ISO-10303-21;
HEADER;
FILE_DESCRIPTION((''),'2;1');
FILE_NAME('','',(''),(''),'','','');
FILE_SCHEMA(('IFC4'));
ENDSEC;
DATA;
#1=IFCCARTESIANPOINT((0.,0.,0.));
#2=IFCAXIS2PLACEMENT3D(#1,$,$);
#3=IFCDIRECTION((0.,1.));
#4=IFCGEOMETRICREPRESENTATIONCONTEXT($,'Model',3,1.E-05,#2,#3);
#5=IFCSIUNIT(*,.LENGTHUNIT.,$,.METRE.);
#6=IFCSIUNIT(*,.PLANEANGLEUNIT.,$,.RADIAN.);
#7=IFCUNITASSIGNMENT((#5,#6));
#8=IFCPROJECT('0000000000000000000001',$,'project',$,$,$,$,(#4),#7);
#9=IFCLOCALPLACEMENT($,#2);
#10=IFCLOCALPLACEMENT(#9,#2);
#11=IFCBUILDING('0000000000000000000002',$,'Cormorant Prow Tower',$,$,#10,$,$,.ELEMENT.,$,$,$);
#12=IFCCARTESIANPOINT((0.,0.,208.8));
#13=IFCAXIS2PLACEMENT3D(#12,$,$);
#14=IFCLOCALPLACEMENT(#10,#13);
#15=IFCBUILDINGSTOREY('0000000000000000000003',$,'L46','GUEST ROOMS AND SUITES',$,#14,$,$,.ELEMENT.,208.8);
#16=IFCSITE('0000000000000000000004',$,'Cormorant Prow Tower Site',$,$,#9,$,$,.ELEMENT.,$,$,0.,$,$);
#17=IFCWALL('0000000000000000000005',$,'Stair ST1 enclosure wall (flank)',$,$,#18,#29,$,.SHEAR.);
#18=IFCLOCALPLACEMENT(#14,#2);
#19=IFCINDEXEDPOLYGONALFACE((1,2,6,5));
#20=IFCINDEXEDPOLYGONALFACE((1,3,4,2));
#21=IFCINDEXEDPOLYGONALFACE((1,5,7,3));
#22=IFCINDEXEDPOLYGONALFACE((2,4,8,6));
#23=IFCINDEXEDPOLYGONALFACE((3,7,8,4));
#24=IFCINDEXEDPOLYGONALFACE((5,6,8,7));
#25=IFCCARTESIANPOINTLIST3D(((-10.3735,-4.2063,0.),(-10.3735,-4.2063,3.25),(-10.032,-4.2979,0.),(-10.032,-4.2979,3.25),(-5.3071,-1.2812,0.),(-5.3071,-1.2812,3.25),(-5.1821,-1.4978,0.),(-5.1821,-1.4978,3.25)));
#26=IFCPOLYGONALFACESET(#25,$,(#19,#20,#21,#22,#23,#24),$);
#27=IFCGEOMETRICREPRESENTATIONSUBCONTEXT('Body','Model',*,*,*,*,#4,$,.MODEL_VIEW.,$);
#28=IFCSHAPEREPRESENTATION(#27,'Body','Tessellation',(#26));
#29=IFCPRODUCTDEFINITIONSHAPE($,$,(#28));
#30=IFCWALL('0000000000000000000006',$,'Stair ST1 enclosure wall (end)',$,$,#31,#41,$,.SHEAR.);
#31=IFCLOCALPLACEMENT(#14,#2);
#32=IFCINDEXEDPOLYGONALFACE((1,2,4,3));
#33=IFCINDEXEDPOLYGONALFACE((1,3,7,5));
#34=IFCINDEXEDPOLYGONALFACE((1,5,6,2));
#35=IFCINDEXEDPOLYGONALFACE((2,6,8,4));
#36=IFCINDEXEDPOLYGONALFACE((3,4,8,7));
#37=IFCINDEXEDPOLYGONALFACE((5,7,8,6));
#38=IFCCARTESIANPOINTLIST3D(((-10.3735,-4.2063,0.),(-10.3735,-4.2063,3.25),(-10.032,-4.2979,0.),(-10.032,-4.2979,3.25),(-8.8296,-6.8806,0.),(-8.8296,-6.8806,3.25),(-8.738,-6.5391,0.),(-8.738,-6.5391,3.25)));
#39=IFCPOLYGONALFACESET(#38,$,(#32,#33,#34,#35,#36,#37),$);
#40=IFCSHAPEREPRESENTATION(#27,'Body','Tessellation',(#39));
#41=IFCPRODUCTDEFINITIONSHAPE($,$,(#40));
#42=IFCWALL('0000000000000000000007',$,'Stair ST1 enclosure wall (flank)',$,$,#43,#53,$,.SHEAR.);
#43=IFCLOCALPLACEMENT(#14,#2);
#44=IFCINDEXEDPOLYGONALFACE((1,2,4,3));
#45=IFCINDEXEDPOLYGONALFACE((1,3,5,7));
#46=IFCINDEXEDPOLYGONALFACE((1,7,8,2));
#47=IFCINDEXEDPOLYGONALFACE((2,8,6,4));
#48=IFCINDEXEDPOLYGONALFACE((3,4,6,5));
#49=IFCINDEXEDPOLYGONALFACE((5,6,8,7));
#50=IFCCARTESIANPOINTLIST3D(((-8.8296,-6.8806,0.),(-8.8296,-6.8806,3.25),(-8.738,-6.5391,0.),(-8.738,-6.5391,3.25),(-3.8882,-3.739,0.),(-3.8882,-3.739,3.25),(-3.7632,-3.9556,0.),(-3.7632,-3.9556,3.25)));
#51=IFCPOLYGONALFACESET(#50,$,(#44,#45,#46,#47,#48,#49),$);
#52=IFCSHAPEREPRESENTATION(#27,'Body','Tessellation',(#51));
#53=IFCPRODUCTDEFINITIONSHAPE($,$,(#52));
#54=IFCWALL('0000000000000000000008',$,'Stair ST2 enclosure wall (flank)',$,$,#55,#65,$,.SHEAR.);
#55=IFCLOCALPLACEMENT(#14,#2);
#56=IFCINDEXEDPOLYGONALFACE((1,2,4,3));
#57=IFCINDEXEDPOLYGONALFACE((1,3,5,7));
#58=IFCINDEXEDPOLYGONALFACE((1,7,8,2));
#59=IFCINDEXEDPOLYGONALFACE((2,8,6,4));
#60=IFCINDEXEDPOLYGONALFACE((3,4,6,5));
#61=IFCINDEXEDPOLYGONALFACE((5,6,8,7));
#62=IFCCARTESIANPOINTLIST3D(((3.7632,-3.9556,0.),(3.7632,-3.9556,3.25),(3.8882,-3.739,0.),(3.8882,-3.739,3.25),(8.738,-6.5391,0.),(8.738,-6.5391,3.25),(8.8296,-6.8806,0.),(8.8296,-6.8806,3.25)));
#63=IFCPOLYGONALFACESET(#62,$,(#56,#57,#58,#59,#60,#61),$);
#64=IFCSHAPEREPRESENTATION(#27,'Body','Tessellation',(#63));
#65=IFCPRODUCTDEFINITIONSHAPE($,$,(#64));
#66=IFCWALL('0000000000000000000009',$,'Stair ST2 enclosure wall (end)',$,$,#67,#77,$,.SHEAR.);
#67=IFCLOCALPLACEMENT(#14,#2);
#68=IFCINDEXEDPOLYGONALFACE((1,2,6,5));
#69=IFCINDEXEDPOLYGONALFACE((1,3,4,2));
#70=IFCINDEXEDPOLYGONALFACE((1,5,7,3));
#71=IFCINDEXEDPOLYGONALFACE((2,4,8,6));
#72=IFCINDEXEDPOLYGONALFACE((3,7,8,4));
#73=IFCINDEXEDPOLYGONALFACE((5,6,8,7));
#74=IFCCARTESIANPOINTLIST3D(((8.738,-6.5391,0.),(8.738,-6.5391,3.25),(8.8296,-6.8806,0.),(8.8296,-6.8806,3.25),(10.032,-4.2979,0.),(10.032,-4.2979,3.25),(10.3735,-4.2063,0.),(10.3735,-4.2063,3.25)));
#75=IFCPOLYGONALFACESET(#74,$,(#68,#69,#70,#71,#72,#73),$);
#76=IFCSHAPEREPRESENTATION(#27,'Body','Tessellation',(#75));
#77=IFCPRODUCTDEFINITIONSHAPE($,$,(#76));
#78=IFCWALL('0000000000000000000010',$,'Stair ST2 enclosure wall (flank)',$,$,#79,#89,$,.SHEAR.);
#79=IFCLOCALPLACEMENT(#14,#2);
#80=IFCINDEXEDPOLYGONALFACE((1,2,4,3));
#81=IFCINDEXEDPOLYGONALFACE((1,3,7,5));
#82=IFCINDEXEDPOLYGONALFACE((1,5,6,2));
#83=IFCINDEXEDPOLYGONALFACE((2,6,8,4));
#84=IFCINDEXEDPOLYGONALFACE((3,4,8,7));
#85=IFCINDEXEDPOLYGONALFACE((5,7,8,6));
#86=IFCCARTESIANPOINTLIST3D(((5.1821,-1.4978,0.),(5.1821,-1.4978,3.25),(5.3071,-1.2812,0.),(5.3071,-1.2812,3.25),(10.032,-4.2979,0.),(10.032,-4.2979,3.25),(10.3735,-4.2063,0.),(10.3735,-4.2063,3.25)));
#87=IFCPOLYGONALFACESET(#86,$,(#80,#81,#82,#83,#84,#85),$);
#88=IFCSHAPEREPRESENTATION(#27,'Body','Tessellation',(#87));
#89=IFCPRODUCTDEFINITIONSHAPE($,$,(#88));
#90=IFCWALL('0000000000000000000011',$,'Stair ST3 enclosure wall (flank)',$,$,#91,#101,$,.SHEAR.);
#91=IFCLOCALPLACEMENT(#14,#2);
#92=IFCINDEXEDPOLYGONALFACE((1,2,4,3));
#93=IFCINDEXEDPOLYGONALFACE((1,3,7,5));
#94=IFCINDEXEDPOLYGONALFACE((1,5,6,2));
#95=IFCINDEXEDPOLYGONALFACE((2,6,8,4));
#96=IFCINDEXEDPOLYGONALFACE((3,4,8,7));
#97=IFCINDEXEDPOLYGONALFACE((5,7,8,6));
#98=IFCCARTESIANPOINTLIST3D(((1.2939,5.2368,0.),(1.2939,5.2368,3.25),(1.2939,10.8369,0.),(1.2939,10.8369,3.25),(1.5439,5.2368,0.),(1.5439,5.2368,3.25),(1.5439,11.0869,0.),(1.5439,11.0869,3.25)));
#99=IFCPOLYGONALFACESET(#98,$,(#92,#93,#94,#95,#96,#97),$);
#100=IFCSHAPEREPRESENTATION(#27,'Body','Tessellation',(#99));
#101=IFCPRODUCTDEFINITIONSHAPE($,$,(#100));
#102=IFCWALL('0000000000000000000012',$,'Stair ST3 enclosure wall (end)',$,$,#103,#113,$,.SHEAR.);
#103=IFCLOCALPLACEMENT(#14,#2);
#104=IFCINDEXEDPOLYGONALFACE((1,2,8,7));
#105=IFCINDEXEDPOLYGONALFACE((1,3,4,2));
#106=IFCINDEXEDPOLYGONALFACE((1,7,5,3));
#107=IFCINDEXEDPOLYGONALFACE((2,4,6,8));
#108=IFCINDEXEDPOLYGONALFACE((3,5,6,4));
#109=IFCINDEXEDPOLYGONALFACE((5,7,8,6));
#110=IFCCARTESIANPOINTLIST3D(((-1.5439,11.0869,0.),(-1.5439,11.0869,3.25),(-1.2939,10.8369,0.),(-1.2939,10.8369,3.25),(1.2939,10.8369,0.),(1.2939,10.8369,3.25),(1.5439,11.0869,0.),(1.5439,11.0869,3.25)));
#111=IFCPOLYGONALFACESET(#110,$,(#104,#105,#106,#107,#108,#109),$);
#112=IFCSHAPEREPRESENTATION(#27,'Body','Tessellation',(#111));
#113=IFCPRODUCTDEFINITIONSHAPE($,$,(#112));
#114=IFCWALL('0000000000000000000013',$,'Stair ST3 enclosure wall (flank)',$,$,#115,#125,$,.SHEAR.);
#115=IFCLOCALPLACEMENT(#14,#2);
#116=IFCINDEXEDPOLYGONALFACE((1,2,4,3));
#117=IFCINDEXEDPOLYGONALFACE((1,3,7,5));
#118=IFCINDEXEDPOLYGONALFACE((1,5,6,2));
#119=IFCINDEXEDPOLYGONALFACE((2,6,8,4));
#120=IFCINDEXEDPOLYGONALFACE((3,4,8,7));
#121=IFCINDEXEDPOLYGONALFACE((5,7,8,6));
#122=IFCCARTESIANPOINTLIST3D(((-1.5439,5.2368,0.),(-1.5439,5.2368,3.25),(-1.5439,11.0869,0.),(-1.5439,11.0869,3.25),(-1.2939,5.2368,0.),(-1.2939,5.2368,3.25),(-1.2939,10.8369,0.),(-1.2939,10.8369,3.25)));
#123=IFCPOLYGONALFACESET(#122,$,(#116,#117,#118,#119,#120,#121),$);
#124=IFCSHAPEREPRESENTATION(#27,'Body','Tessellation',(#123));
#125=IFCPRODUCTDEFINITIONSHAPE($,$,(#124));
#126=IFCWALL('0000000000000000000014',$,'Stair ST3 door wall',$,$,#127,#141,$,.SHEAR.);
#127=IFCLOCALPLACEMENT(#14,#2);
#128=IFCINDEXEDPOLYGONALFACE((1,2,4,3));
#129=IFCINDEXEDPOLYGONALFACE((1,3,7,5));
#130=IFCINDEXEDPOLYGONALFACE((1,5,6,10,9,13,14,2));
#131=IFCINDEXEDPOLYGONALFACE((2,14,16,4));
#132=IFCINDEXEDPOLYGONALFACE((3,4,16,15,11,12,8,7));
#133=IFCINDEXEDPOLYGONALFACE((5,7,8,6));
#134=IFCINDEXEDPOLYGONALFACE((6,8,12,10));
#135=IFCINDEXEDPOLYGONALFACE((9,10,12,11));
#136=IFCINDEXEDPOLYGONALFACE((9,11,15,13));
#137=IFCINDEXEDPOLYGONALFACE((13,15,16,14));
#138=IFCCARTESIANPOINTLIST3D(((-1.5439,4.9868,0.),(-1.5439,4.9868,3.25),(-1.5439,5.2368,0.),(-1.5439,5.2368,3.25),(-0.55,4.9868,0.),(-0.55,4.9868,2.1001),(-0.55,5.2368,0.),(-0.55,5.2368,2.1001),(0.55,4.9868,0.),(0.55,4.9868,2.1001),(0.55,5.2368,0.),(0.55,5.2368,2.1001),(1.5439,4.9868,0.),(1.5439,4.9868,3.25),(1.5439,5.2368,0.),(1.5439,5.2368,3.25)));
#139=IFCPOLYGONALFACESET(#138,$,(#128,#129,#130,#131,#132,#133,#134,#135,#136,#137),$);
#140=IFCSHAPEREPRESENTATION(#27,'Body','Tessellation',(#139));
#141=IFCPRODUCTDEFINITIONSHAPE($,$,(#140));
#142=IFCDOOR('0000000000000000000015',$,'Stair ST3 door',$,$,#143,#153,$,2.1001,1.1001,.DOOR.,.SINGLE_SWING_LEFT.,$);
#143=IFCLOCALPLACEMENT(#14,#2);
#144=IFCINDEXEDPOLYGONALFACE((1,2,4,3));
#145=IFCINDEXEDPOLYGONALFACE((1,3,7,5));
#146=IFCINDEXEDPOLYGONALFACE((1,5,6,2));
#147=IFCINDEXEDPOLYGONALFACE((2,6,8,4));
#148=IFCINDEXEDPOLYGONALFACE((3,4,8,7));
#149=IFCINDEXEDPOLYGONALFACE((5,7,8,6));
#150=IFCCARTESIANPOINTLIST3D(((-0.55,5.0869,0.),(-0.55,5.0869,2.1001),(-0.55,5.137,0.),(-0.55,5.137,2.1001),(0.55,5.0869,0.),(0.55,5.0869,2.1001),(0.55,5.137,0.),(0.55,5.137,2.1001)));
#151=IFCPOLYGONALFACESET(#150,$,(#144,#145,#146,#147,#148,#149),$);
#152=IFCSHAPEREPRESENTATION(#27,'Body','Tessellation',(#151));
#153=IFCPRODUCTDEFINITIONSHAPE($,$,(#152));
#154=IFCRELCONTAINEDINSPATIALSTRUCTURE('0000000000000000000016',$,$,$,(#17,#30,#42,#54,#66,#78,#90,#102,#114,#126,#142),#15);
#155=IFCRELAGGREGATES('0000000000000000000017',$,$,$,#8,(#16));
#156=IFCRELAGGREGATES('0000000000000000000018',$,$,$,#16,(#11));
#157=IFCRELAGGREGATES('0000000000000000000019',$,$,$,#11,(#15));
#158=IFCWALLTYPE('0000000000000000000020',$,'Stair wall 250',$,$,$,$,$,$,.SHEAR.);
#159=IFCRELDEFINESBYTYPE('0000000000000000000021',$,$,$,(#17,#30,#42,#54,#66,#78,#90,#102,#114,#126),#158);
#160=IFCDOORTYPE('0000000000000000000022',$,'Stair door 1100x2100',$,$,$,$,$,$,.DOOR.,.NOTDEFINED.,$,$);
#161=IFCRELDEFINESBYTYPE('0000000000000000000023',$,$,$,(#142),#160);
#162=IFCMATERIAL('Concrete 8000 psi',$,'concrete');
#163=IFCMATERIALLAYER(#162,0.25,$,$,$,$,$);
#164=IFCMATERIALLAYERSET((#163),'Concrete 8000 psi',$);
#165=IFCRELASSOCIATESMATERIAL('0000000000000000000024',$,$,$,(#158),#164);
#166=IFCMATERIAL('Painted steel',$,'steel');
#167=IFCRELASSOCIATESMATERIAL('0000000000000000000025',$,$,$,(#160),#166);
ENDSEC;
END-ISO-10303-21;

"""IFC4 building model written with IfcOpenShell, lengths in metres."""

from ifc_helpers import new_model, si_unit, direction, frame, frame_2d, origin, place, context, subcontext, project, spatial, polyline, rectangle, outline, extrude, material, layer, layer_set, type_object, element, fill, save


model = new_model("IFC4")

# Units and contexts
model_context = context("Model", 3, precision=1e-05, world=origin(), true_north=direction((0.0, 1.0)))
body_context = subcontext(model_context, "Body", "Model", "MODEL_VIEW")
ifc_project = project(units=[si_unit("LENGTHUNIT", "METRE"), si_unit("PLANEANGLEUNIT", "RADIAN")], contexts=[model_context])

# Site, building, storey
site_placement = place(None, origin())
site = spatial("IfcSite", under=ifc_project, at=site_placement, Name="Cormorant Prow Tower Site", CompositionType="ELEMENT", RefElevation=0.0)
building_placement = place(site_placement, origin())
building = spatial("IfcBuilding", under=site, at=building_placement, Name="Cormorant Prow Tower", CompositionType="ELEMENT")
storey_placement = place(building_placement, frame((0.0, 0.0, 208.8)))
storey = spatial("IfcBuildingStorey", under=building, at=storey_placement, Name="L46", Description="GUEST ROOMS AND SUITES", CompositionType="ELEMENT", Elevation=208.8)

# Walls
ifc_material_1 = material(Name="Concrete 8000 psi", Category="concrete")
ifc_layer_1 = layer(ifc_material_1, 0.25)
ifc_layer_set_1 = layer_set([ifc_layer_1], Name="Concrete 8000 psi")
wall_type_1 = type_object("IfcWallType", Name="Stair wall 250", PredefinedType="SHEAR", material=ifc_layer_set_1)
wall_1_placement = place(storey_placement, origin())
element("IfcWall", 1, at=wall_1_placement, inside=storey, type_object=wall_type_1, Name="Stair ST1 enclosure wall (flank)", PredefinedType="SHEAR", context=body_context, shape_type="SweptSolid", body=[
    extrude(outline(polyline([(-5.3071, -1.2812), (-10.3735, -4.2063), (-10.032, -4.2979), (-5.1821, -1.4978), (-5.3071, -1.2812)])), origin(), (0.0, 0.0, 1.0), 3.25),
])
wall_2_placement = place(storey_placement, origin())
element("IfcWall", 2, at=wall_2_placement, inside=storey, type_object=wall_type_1, Name="Stair ST1 enclosure wall (end)", PredefinedType="SHEAR", context=body_context, shape_type="SweptSolid", body=[
    extrude(outline(polyline([(-10.3735, -4.2063), (-8.8296, -6.8806), (-8.738, -6.5391), (-10.032, -4.2979), (-10.3735, -4.2063)])), origin(), (0.0, 0.0, 1.0), 3.25),
])
wall_3_placement = place(storey_placement, origin())
element("IfcWall", 3, at=wall_3_placement, inside=storey, type_object=wall_type_1, Name="Stair ST1 enclosure wall (flank)", PredefinedType="SHEAR", context=body_context, shape_type="SweptSolid", body=[
    extrude(outline(polyline([(-8.738, -6.5391), (-8.8296, -6.8806), (-3.7632, -3.9556), (-3.8882, -3.739), (-8.738, -6.5391)])), origin(), (0.0, 0.0, 1.0), 3.25),
])
wall_4_placement = place(storey_placement, origin())
element("IfcWall", 4, at=wall_4_placement, inside=storey, type_object=wall_type_1, Name="Stair ST2 enclosure wall (flank)", PredefinedType="SHEAR", context=body_context, shape_type="SweptSolid", body=[
    extrude(outline(polyline([(3.7632, -3.9556), (8.8296, -6.8806), (8.738, -6.5391), (3.8882, -3.739), (3.7632, -3.9556)])), origin(), (0.0, 0.0, 1.0), 3.25),
])
wall_5_placement = place(storey_placement, origin())
element("IfcWall", 5, at=wall_5_placement, inside=storey, type_object=wall_type_1, Name="Stair ST2 enclosure wall (end)", PredefinedType="SHEAR", context=body_context, shape_type="SweptSolid", body=[
    extrude(outline(polyline([(8.8296, -6.8806), (10.3735, -4.2063), (10.032, -4.2979), (8.738, -6.5391), (8.8296, -6.8806)])), origin(), (0.0, 0.0, 1.0), 3.25),
])
wall_6_placement = place(storey_placement, origin())
element("IfcWall", 6, at=wall_6_placement, inside=storey, type_object=wall_type_1, Name="Stair ST2 enclosure wall (flank)", PredefinedType="SHEAR", context=body_context, shape_type="SweptSolid", body=[
    extrude(outline(polyline([(10.032, -4.2979), (10.3735, -4.2063), (5.3071, -1.2812), (5.1821, -1.4978), (10.032, -4.2979)])), origin(), (0.0, 0.0, 1.0), 3.25),
])
wall_7_placement = place(storey_placement, origin())
element("IfcWall", 7, at=wall_7_placement, inside=storey, type_object=wall_type_1, Name="Stair ST3 enclosure wall (flank)", PredefinedType="SHEAR", context=body_context, shape_type="SweptSolid", body=[
    extrude(outline(polyline([(1.5439, 5.2368), (1.5439, 11.0869), (1.2939, 10.8369), (1.2939, 5.2368), (1.5439, 5.2368)])), origin(), (0.0, 0.0, 1.0), 3.25),
])
wall_8_placement = place(storey_placement, origin())
element("IfcWall", 8, at=wall_8_placement, inside=storey, type_object=wall_type_1, Name="Stair ST3 enclosure wall (end)", PredefinedType="SHEAR", context=body_context, shape_type="SweptSolid", body=[
    extrude(outline(polyline([(1.5439, 11.0869), (-1.5439, 11.0869), (-1.2939, 10.8369), (1.2939, 10.8369), (1.5439, 11.0869)])), origin(), (0.0, 0.0, 1.0), 3.25),
])
wall_9_placement = place(storey_placement, origin())
element("IfcWall", 9, at=wall_9_placement, inside=storey, type_object=wall_type_1, Name="Stair ST3 enclosure wall (flank)", PredefinedType="SHEAR", context=body_context, shape_type="SweptSolid", body=[
    extrude(outline(polyline([(-1.2939, 10.8369), (-1.5439, 11.0869), (-1.5439, 5.2368), (-1.2939, 5.2368), (-1.2939, 10.8369)])), origin(), (0.0, 0.0, 1.0), 3.25),
])

# Wall, opening, door
wall_10_placement = place(storey_placement, frame((1.5439, 5.1118, 0.0), z_axis=(0.0, 0.0, 1.0), x_axis=(-1.0, 0.0, 0.0)))
wall_10 = element("IfcWall", 10, at=wall_10_placement, inside=storey, type_object=wall_type_1, Name="Stair ST3 door wall", PredefinedType="SHEAR", context=body_context, shape_type="SweptSolid", body=[
    extrude(rectangle(XDim=3.0879, YDim=0.25, at=frame_2d((1.5439, 0.0))), origin(), (0.0, 0.0, 1.0), 3.25),
])
opening_placement = place(wall_10_placement, frame((0.9939, 0.0, 0.0)))
opening = element("IfcOpeningElement", 11, at=opening_placement, cuts=wall_10, PredefinedType="OPENING", context=body_context, shape_type="SweptSolid", body=[
    extrude(rectangle(XDim=1.1001, YDim=2.1001, at=frame_2d((0.55, 1.05))), frame((0.0, 0.135, 0.0), z_axis=(0.0, -1.0, 0.0), x_axis=(1.0, 0.0, 0.0)), (0.0, 0.0, 1.0), 0.27),
])
ifc_material_2 = material(Name="Painted steel", Category="steel")
door_type = type_object("IfcDoorType", Name="Stair door 1100x2100", OperationType="NOTDEFINED", PredefinedType="DOOR", material=ifc_material_2)
door_placement = place(opening_placement, origin())
door = element("IfcDoor", 12, at=door_placement, inside=storey, type_object=door_type, Name="Stair ST3 door", OperationType="SINGLE_SWING_LEFT", OverallHeight=2.1001, OverallWidth=1.1001, PredefinedType="DOOR", context=body_context, shape_type="SweptSolid", body=[
    extrude(rectangle(XDim=1.1001, YDim=2.1001, at=frame_2d((0.55, 1.05))), frame((0.0, 0.0249, 0.0), z_axis=(0.0, -1.0, 0.0), x_axis=(1.0, 0.0, 0.0)), (0.0, 0.0, 1.0), 0.05),
])
fill(opening, door)

save(model, "model.ifc")
